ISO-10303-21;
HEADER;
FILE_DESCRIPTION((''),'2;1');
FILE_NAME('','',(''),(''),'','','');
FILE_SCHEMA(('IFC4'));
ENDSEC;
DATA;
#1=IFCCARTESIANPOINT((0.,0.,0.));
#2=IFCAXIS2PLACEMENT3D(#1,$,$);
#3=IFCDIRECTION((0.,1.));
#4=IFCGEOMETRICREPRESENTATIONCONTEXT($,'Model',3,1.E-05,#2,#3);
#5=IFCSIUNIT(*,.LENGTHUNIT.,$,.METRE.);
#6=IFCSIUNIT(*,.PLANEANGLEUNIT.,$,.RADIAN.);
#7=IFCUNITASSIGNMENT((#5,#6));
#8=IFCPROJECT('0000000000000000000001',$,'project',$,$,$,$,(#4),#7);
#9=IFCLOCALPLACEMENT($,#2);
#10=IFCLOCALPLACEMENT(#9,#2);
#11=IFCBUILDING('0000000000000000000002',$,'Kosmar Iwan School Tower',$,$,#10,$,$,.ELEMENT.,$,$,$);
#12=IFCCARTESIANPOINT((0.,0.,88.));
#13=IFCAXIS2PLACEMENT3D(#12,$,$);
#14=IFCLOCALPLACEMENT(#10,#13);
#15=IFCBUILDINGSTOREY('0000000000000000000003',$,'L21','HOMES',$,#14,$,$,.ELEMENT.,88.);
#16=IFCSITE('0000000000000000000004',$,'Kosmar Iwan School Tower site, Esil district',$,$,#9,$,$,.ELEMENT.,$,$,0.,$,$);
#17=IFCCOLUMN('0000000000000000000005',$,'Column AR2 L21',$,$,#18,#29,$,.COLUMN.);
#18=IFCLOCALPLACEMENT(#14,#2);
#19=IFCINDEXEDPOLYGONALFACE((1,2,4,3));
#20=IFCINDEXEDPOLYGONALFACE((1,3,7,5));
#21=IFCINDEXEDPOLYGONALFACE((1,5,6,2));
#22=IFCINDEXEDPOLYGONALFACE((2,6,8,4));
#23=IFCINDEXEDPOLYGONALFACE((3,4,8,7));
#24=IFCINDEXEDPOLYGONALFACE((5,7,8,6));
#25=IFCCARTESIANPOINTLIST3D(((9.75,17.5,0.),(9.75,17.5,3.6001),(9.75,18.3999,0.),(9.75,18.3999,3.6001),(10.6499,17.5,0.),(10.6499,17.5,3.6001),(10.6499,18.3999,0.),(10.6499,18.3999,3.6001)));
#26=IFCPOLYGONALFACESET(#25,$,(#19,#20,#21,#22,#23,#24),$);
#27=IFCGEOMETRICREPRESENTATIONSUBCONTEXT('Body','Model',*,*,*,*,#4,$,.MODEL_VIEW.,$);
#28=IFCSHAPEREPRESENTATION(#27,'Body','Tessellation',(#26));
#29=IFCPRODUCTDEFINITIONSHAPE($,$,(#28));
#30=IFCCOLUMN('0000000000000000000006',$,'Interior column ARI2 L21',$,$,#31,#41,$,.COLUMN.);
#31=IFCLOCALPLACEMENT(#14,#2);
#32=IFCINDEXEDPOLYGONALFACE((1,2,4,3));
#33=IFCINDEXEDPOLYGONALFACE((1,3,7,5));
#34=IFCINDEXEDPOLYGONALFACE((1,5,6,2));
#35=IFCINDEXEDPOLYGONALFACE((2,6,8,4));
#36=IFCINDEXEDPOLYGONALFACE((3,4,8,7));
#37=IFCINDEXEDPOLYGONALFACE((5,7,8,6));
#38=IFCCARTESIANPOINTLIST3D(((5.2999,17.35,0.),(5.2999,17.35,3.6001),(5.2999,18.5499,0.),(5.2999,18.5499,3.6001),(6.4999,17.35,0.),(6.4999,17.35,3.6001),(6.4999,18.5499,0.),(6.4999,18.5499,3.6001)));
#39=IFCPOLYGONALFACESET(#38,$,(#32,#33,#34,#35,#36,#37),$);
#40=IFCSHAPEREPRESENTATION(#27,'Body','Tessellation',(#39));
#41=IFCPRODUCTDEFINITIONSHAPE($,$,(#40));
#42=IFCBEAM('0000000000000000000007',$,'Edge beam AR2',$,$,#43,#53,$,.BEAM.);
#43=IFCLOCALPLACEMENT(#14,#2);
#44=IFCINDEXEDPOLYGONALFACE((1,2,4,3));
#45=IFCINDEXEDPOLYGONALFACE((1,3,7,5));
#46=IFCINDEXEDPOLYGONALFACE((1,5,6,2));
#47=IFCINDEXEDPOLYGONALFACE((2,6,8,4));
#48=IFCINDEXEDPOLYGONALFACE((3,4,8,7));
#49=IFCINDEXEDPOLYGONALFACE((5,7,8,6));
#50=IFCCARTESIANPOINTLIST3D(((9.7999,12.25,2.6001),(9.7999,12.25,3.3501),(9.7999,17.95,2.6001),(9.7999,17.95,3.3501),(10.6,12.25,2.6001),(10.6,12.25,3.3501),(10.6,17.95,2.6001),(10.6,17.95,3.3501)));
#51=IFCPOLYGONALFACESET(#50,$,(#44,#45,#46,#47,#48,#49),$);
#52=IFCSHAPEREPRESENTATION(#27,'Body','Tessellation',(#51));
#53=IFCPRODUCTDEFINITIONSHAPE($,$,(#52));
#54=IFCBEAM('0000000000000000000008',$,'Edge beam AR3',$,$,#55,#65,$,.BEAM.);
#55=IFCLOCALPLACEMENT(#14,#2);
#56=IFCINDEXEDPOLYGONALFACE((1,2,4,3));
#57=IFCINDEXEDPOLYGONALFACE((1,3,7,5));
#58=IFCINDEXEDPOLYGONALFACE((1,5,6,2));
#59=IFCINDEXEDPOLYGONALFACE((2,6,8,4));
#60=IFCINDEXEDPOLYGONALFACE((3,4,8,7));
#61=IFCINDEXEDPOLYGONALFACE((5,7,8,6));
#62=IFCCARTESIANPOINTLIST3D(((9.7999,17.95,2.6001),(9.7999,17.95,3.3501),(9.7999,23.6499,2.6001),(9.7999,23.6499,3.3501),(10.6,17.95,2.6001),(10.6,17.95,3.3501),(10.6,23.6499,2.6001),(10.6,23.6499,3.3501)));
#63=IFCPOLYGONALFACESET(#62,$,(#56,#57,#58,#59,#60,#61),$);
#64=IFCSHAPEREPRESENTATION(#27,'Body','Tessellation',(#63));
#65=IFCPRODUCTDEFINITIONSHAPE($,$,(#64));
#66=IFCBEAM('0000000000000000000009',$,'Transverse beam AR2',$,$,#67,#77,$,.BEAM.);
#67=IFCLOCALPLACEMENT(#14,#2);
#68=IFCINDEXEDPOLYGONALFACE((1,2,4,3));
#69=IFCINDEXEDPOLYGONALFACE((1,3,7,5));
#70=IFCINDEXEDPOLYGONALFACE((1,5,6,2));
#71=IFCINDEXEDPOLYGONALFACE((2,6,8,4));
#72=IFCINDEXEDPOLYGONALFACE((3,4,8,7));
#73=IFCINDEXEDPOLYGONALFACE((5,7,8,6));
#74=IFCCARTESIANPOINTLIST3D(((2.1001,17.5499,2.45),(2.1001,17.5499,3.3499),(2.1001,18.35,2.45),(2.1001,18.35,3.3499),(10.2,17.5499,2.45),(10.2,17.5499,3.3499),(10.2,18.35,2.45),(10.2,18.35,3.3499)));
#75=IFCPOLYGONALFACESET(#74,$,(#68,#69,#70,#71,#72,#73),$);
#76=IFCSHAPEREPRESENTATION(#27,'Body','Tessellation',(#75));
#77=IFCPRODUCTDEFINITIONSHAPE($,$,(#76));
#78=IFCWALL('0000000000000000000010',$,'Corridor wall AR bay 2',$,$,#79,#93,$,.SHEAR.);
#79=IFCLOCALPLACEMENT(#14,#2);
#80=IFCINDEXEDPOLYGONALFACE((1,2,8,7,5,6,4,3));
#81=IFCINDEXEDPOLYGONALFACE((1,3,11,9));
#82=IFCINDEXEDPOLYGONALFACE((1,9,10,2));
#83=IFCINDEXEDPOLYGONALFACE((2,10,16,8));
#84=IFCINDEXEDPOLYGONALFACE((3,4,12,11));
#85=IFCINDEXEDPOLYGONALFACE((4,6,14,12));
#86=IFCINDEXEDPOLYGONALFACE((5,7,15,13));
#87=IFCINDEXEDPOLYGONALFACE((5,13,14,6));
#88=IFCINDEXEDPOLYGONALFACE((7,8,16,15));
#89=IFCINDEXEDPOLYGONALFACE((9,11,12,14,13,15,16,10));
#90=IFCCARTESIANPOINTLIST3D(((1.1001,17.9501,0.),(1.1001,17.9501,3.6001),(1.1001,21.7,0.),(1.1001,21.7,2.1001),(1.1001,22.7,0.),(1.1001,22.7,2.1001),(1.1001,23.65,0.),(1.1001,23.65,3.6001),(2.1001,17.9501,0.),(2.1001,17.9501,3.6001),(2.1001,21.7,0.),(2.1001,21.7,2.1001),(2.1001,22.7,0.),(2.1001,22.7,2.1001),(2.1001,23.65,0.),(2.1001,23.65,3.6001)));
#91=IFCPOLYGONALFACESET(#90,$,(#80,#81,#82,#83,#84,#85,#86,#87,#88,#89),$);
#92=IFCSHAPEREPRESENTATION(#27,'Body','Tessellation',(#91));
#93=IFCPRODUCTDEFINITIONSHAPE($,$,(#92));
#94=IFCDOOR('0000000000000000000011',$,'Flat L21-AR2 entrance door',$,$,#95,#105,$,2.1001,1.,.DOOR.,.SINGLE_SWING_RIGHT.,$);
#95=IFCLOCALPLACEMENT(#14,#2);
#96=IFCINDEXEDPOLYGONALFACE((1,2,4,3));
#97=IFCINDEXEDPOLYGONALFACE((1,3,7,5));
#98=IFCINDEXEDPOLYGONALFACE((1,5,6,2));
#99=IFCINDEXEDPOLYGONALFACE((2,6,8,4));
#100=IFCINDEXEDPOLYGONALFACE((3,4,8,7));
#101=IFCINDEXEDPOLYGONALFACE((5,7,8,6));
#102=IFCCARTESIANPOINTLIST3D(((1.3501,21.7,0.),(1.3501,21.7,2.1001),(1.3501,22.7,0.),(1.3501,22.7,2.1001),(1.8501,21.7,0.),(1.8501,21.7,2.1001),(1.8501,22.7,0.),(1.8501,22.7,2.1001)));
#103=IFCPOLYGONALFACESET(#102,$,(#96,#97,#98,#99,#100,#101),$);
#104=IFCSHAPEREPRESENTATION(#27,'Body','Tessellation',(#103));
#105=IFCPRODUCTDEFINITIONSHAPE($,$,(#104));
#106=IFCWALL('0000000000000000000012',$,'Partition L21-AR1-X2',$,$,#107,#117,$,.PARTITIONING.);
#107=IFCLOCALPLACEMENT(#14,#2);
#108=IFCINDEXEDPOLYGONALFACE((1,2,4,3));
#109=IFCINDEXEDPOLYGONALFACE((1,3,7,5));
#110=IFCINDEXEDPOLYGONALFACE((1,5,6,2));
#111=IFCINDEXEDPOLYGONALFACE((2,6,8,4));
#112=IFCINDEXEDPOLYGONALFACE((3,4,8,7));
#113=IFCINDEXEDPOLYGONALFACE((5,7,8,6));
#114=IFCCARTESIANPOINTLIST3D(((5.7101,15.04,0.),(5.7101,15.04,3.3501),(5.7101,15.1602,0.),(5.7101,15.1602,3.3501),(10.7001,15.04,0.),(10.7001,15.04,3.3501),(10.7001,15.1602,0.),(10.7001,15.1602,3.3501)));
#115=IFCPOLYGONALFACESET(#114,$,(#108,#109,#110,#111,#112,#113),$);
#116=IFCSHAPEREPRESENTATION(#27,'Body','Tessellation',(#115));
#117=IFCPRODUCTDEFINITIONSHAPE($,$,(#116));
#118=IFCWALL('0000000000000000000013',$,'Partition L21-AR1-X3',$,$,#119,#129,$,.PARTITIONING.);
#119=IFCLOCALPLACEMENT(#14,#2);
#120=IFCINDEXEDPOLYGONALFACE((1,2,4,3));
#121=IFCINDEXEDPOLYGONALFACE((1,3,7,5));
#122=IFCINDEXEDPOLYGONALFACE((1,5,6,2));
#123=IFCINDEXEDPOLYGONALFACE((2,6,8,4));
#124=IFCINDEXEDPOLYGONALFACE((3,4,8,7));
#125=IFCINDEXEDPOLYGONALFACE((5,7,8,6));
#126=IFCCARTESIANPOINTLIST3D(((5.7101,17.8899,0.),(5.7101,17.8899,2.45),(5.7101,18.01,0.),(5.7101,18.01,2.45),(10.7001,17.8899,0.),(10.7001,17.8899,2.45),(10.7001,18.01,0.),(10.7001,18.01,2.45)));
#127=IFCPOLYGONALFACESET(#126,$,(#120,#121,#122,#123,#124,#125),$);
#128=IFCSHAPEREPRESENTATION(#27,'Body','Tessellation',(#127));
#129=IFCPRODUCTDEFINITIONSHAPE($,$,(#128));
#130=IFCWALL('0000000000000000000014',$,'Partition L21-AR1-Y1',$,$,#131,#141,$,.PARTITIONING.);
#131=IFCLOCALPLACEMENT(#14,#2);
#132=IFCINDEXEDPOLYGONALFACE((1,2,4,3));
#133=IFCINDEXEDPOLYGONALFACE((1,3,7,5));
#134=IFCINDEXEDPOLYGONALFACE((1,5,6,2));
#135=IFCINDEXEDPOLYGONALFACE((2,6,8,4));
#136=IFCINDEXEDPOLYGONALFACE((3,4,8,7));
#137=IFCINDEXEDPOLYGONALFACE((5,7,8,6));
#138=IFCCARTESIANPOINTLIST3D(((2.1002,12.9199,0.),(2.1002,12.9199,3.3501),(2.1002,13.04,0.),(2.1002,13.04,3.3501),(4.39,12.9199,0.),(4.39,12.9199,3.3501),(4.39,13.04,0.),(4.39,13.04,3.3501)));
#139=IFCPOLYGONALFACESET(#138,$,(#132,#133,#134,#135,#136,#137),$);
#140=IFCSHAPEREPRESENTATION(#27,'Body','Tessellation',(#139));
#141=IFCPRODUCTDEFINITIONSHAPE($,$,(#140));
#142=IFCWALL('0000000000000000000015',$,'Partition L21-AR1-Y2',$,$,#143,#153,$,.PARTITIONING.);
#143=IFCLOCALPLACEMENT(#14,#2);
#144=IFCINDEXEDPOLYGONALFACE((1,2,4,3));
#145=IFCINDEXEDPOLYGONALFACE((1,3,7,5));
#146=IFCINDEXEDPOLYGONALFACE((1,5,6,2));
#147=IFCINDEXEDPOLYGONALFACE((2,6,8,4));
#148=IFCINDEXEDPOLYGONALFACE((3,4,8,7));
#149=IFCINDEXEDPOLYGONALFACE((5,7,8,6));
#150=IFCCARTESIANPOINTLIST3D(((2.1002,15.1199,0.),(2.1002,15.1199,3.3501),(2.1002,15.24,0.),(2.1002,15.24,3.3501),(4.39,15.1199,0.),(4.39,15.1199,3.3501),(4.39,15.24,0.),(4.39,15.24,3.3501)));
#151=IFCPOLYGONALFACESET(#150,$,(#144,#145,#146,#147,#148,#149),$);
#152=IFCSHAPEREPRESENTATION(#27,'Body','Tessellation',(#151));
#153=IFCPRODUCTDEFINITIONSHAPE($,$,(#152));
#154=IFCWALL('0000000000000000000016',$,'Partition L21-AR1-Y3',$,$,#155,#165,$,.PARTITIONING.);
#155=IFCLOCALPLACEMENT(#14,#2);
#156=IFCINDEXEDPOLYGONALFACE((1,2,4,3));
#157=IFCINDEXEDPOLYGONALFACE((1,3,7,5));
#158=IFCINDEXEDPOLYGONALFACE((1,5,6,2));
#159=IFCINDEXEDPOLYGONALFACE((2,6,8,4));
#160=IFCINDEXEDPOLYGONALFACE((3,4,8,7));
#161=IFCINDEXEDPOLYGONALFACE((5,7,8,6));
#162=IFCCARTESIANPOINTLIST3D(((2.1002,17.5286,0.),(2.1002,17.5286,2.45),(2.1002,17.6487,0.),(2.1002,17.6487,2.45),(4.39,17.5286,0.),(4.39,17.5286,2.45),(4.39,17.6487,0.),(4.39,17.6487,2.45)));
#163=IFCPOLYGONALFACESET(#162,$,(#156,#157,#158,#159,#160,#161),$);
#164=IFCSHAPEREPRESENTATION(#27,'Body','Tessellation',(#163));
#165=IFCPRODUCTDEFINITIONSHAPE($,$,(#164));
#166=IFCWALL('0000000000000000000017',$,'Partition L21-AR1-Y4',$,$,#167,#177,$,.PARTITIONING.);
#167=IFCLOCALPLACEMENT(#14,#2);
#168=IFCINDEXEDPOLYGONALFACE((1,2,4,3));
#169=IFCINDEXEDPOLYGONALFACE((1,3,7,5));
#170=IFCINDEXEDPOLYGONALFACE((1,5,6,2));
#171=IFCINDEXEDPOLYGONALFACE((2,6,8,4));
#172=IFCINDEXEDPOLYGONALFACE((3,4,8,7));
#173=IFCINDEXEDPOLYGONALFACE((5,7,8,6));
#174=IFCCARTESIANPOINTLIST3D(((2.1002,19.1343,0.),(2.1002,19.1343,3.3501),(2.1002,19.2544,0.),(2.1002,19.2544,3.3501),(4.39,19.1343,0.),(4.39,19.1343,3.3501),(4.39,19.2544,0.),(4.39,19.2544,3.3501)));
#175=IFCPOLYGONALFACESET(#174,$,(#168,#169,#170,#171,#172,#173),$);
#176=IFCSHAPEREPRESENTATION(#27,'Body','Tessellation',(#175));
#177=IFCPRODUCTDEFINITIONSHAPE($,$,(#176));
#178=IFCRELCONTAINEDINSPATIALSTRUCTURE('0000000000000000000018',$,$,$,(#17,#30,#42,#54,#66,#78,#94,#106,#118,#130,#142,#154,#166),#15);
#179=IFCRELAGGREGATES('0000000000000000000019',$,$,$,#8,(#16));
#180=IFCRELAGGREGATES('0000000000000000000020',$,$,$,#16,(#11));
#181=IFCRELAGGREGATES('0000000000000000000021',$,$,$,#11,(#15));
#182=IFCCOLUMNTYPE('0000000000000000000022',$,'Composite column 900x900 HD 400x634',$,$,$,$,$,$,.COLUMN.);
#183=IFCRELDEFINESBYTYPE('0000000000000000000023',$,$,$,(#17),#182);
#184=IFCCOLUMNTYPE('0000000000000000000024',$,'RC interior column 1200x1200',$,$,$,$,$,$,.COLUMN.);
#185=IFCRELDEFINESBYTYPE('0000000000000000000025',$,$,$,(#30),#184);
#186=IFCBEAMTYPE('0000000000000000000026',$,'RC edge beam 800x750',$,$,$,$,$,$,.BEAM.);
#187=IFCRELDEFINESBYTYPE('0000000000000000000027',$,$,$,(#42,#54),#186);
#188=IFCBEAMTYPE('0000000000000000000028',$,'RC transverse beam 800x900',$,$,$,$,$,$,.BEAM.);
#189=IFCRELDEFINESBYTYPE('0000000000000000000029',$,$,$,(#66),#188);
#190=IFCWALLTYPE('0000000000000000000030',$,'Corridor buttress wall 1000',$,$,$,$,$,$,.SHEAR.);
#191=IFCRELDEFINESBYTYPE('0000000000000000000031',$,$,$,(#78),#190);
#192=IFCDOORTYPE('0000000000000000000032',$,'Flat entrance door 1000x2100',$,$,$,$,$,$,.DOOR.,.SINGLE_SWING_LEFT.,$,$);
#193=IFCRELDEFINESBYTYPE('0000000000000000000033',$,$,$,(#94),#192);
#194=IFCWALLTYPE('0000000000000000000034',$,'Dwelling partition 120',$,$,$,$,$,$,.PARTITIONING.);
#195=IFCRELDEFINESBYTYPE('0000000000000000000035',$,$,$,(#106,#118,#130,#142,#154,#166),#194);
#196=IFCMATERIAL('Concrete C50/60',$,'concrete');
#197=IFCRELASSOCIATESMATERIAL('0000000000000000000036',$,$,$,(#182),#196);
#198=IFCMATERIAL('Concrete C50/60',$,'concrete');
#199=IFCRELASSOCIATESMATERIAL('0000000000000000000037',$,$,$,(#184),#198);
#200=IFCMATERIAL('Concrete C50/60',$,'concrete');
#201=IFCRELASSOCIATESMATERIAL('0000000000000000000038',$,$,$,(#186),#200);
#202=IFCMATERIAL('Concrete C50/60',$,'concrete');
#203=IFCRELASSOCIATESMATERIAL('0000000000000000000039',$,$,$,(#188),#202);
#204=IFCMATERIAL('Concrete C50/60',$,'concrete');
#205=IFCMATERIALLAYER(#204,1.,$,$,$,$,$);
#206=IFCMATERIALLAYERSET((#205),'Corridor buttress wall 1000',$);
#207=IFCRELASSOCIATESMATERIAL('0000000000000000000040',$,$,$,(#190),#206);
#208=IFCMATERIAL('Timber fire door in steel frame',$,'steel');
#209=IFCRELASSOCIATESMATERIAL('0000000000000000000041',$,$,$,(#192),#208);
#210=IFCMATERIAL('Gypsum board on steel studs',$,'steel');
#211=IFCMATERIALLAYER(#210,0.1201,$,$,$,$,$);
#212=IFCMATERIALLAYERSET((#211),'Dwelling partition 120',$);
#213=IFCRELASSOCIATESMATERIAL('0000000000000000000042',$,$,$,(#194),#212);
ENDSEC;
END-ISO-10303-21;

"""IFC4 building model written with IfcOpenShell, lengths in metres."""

from ifc_helpers import new_model, si_unit, direction, frame, frame_2d, origin, origin_2d, place, context, subcontext, project, spatial, rectangle, extrude, material, layer, layer_set, material_profile, profile_set, type_object, element, fill, save


model = new_model("IFC4")

# Units and contexts
model_context = context("Model", 3, precision=1e-05, world=origin(), true_north=direction((0.0, 1.0)))
body_context = subcontext(model_context, "Body", "Model", "MODEL_VIEW")
ifc_project = project(units=[si_unit("LENGTHUNIT", "METRE"), si_unit("PLANEANGLEUNIT", "RADIAN")], contexts=[model_context])

# Site, building, storey
site_placement = place(None, origin())
site = spatial("IfcSite", under=ifc_project, at=site_placement, Name="Kosmar Iwan School Tower site, Esil district", CompositionType="ELEMENT", RefElevation=0.0)
building_placement = place(site_placement, origin())
building = spatial("IfcBuilding", under=site, at=building_placement, Name="Kosmar Iwan School Tower", CompositionType="ELEMENT")
storey_placement = place(building_placement, frame((0.0, 0.0, 88.0)))
storey = spatial("IfcBuildingStorey", under=building, at=storey_placement, Name="L21", Description="HOMES", CompositionType="ELEMENT", Elevation=88.0)

# Columns
ifc_material_1 = material(Name="Concrete C50/60", Category="concrete")
ifc_material_profile_1 = material_profile(ifc_material_1, rectangle(XDim=0.8999, YDim=0.8999, at=origin_2d()), Name="RC 900x900 + HD 400x634")
ifc_profile_set_1 = profile_set([ifc_material_profile_1], Name="Concrete C50/60")
column_type_1 = type_object("IfcColumnType", Name="Composite column 900x900 HD 400x634", PredefinedType="COLUMN", material=ifc_profile_set_1)
column_1_placement = place(storey_placement, frame((10.2, 17.95, 0.0), z_axis=(0.0, 0.0, 1.0), x_axis=(0.0, 1.0, 0.0)))
element("IfcColumn", 1, at=column_1_placement, inside=storey, type_object=column_type_1, Name="Column AR2 L21", PredefinedType="COLUMN", context=body_context, shape_type="SweptSolid", body=[
    extrude(rectangle(XDim=0.8999, YDim=0.8999, at=origin_2d()), origin(), (0.0, 0.0, 1.0), 3.6001),
])
ifc_material_2 = material(Name="Concrete C50/60", Category="concrete")
ifc_material_profile_2 = material_profile(ifc_material_2, rectangle(XDim=1.2, YDim=1.2, at=origin_2d()), Name="RC 1200x1200")
ifc_profile_set_2 = profile_set([ifc_material_profile_2], Name="Concrete C50/60")
column_type_2 = type_object("IfcColumnType", Name="RC interior column 1200x1200", PredefinedType="COLUMN", material=ifc_profile_set_2)
column_2_placement = place(storey_placement, frame((5.8999, 17.95, 0.0), z_axis=(0.0, 0.0, 1.0), x_axis=(0.0, 1.0, 0.0)))
element("IfcColumn", 2, at=column_2_placement, inside=storey, type_object=column_type_2, Name="Interior column ARI2 L21", PredefinedType="COLUMN", context=body_context, shape_type="SweptSolid", body=[
    extrude(rectangle(XDim=1.2, YDim=1.2, at=origin_2d()), origin(), (0.0, 0.0, 1.0), 3.6001),
])

# Beams
ifc_material_3 = material(Name="Concrete C50/60", Category="concrete")
ifc_material_profile_3 = material_profile(ifc_material_3, rectangle(XDim=0.8, YDim=0.75, at=origin_2d()), Name="RC 800x750")
ifc_profile_set_3 = profile_set([ifc_material_profile_3], Name="Concrete C50/60")
beam_type_1 = type_object("IfcBeamType", Name="RC edge beam 800x750", PredefinedType="BEAM", material=ifc_profile_set_3)
for number, where, z_axis, x_axis, name in (
    (3, (10.2, 12.25, 2.9751), (0.0, 1.0, 0.0), (-1.0, 0.0, 0.0), "Edge beam AR2"),
    (4, (10.2, 17.95, 2.9751), (0.0, 1.0, 0.0), (-1.0, 0.0, 0.0), "Edge beam AR3"),
):
    element("IfcBeam", number, at=place(storey_placement, frame(where, z_axis=z_axis, x_axis=x_axis)), inside=storey, type_object=beam_type_1, Name=name, PredefinedType="BEAM", context=body_context, shape_type="SweptSolid", body=[
        extrude(rectangle(XDim=0.8, YDim=0.75, at=origin_2d()), origin(), (0.0, 0.0, 1.0), 5.7),
    ])
ifc_material_4 = material(Name="Concrete C50/60", Category="concrete")
ifc_material_profile_4 = material_profile(ifc_material_4, rectangle(XDim=0.8, YDim=0.8999, at=origin_2d()), Name="RC 800x900")
ifc_profile_set_4 = profile_set([ifc_material_profile_4], Name="Concrete C50/60")
beam_type_2 = type_object("IfcBeamType", Name="RC transverse beam 800x900", PredefinedType="BEAM", material=ifc_profile_set_4)
beam_placement = place(storey_placement, frame((10.2, 17.95, 2.8999), z_axis=(-1.0, 0.0, 0.0), x_axis=(0.0, -1.0, 0.0)))
element("IfcBeam", 5, at=beam_placement, inside=storey, type_object=beam_type_2, Name="Transverse beam AR2", PredefinedType="BEAM", context=body_context, shape_type="SweptSolid", body=[
    extrude(rectangle(XDim=0.8, YDim=0.8999, at=origin_2d()), origin(), (0.0, 0.0, 1.0), 8.0999),
])

# Wall, opening, door
ifc_material_5 = material(Name="Concrete C50/60", Category="concrete")
ifc_layer_1 = layer(ifc_material_5, 1.0)
ifc_layer_set_1 = layer_set([ifc_layer_1], Name="Corridor buttress wall 1000")
wall_type_1 = type_object("IfcWallType", Name="Corridor buttress wall 1000", PredefinedType="SHEAR", material=ifc_layer_set_1)
wall_1_placement = place(storey_placement, frame((1.6001, 17.95, 0.0), z_axis=(0.0, 0.0, 1.0), x_axis=(0.0, 1.0, 0.0)))
wall_1 = element("IfcWall", 6, at=wall_1_placement, inside=storey, type_object=wall_type_1, Name="Corridor wall AR bay 2", PredefinedType="SHEAR", context=body_context, shape_type="SweptSolid", body=[
    extrude(rectangle(XDim=5.7, YDim=1.0, at=frame_2d((2.8501, 0.0))), origin(), (0.0, 0.0, 1.0), 3.6001),
])
opening_1_placement = place(wall_1_placement, frame((3.75, 0.0, 0.0)))
opening_1 = element("IfcOpeningElement", 7, at=opening_1_placement, cuts=wall_1, PredefinedType="OPENING", context=body_context, shape_type="SweptSolid", body=[
    extrude(rectangle(XDim=1.0, YDim=2.1001, at=frame_2d((0.5, 1.05))), frame((0.0, 0.512, 0.0), z_axis=(0.0, -1.0, 0.0), x_axis=(1.0, 0.0, 0.0)), (0.0, 0.0, 1.0), 1.0239),
])
ifc_material_6 = material(Name="Timber fire door in steel frame", Category="steel")
door_type_1 = type_object("IfcDoorType", Name="Flat entrance door 1000x2100", OperationType="SINGLE_SWING_LEFT", PredefinedType="DOOR", material=ifc_material_6)
door_1_placement = place(opening_1_placement, origin())
door_1 = element("IfcDoor", 8, at=door_1_placement, inside=storey, type_object=door_type_1, Name="Flat L21-AR2 entrance door", OperationType="SINGLE_SWING_RIGHT", OverallHeight=2.1001, OverallWidth=1.0, PredefinedType="DOOR", context=body_context, shape_type="SweptSolid", body=[
    extrude(rectangle(XDim=1.0, YDim=2.1001, at=frame_2d((0.5, 1.05))), frame((0.0, 0.25, 0.0), z_axis=(0.0, -1.0, 0.0), x_axis=(1.0, 0.0, 0.0)), (0.0, 0.0, 1.0), 0.5),
])
fill(opening_1, door_1)

# Walls
ifc_material_7 = material(Name="Gypsum board on steel studs", Category="steel")
ifc_layer_2 = layer(ifc_material_7, 0.1201)
ifc_layer_set_2 = layer_set([ifc_layer_2], Name="Dwelling partition 120")
wall_type_2 = type_object("IfcWallType", Name="Dwelling partition 120", PredefinedType="PARTITIONING", material=ifc_layer_set_2)
wall_2_placement = place(storey_placement, frame((5.71, 15.1001, 0.0), z_axis=(0.0, 0.0, 1.0), x_axis=(1.0, 0.0, 0.0)))
element("IfcWall", 9, at=wall_2_placement, inside=storey, type_object=wall_type_2, Name="Partition L21-AR1-X2", PredefinedType="PARTITIONING", context=body_context, shape_type="SweptSolid", body=[
    extrude(rectangle(XDim=4.99, YDim=0.1201, at=frame_2d((2.4951, 0.0))), origin(), (0.0, 0.0, 1.0), 3.3501),
])
wall_3_placement = place(storey_placement, frame((5.71, 17.95, 0.0), z_axis=(0.0, 0.0, 1.0), x_axis=(1.0, 0.0, 0.0)))
element("IfcWall", 10, at=wall_3_placement, inside=storey, type_object=wall_type_2, Name="Partition L21-AR1-X3", PredefinedType="PARTITIONING", context=body_context, shape_type="SweptSolid", body=[
    extrude(rectangle(XDim=4.99, YDim=0.1201, at=frame_2d((2.4951, 0.0))), origin(), (0.0, 0.0, 1.0), 2.45),
])
for number, where, z_axis, x_axis, name in (
    (11, (2.1001, 12.98, 0.0), (0.0, 0.0, 1.0), (1.0, 0.0, 0.0), "Partition L21-AR1-Y1"),
    (12, (2.1001, 15.1799, 0.0), (0.0, 0.0, 1.0), (1.0, 0.0, 0.0), "Partition L21-AR1-Y2"),
):
    element("IfcWall", number, at=place(storey_placement, frame(where, z_axis=z_axis, x_axis=x_axis)), inside=storey, type_object=wall_type_2, Name=name, PredefinedType="PARTITIONING", context=body_context, shape_type="SweptSolid", body=[
        extrude(rectangle(XDim=2.2898, YDim=0.1201, at=frame_2d((1.145, 0.0))), origin(), (0.0, 0.0, 1.0), 3.3501),
    ])
wall_4_placement = place(storey_placement, frame((2.1001, 17.5886, 0.0), z_axis=(0.0, 0.0, 1.0), x_axis=(1.0, 0.0, 0.0)))
element("IfcWall", 13, at=wall_4_placement, inside=storey, type_object=wall_type_2, Name="Partition L21-AR1-Y3", PredefinedType="PARTITIONING", context=body_context, shape_type="SweptSolid", body=[
    extrude(rectangle(XDim=2.2898, YDim=0.1201, at=frame_2d((1.145, 0.0))), origin(), (0.0, 0.0, 1.0), 2.45),
])
wall_5_placement = place(storey_placement, frame((2.1001, 19.1943, 0.0), z_axis=(0.0, 0.0, 1.0), x_axis=(1.0, 0.0, 0.0)))
element("IfcWall", 14, at=wall_5_placement, inside=storey, type_object=wall_type_2, Name="Partition L21-AR1-Y4", PredefinedType="PARTITIONING", context=body_context, shape_type="SweptSolid", body=[
    extrude(rectangle(XDim=2.2898, YDim=0.1201, at=frame_2d((1.145, 0.0))), origin(), (0.0, 0.0, 1.0), 3.3501),
])

save(model, "model.ifc")
